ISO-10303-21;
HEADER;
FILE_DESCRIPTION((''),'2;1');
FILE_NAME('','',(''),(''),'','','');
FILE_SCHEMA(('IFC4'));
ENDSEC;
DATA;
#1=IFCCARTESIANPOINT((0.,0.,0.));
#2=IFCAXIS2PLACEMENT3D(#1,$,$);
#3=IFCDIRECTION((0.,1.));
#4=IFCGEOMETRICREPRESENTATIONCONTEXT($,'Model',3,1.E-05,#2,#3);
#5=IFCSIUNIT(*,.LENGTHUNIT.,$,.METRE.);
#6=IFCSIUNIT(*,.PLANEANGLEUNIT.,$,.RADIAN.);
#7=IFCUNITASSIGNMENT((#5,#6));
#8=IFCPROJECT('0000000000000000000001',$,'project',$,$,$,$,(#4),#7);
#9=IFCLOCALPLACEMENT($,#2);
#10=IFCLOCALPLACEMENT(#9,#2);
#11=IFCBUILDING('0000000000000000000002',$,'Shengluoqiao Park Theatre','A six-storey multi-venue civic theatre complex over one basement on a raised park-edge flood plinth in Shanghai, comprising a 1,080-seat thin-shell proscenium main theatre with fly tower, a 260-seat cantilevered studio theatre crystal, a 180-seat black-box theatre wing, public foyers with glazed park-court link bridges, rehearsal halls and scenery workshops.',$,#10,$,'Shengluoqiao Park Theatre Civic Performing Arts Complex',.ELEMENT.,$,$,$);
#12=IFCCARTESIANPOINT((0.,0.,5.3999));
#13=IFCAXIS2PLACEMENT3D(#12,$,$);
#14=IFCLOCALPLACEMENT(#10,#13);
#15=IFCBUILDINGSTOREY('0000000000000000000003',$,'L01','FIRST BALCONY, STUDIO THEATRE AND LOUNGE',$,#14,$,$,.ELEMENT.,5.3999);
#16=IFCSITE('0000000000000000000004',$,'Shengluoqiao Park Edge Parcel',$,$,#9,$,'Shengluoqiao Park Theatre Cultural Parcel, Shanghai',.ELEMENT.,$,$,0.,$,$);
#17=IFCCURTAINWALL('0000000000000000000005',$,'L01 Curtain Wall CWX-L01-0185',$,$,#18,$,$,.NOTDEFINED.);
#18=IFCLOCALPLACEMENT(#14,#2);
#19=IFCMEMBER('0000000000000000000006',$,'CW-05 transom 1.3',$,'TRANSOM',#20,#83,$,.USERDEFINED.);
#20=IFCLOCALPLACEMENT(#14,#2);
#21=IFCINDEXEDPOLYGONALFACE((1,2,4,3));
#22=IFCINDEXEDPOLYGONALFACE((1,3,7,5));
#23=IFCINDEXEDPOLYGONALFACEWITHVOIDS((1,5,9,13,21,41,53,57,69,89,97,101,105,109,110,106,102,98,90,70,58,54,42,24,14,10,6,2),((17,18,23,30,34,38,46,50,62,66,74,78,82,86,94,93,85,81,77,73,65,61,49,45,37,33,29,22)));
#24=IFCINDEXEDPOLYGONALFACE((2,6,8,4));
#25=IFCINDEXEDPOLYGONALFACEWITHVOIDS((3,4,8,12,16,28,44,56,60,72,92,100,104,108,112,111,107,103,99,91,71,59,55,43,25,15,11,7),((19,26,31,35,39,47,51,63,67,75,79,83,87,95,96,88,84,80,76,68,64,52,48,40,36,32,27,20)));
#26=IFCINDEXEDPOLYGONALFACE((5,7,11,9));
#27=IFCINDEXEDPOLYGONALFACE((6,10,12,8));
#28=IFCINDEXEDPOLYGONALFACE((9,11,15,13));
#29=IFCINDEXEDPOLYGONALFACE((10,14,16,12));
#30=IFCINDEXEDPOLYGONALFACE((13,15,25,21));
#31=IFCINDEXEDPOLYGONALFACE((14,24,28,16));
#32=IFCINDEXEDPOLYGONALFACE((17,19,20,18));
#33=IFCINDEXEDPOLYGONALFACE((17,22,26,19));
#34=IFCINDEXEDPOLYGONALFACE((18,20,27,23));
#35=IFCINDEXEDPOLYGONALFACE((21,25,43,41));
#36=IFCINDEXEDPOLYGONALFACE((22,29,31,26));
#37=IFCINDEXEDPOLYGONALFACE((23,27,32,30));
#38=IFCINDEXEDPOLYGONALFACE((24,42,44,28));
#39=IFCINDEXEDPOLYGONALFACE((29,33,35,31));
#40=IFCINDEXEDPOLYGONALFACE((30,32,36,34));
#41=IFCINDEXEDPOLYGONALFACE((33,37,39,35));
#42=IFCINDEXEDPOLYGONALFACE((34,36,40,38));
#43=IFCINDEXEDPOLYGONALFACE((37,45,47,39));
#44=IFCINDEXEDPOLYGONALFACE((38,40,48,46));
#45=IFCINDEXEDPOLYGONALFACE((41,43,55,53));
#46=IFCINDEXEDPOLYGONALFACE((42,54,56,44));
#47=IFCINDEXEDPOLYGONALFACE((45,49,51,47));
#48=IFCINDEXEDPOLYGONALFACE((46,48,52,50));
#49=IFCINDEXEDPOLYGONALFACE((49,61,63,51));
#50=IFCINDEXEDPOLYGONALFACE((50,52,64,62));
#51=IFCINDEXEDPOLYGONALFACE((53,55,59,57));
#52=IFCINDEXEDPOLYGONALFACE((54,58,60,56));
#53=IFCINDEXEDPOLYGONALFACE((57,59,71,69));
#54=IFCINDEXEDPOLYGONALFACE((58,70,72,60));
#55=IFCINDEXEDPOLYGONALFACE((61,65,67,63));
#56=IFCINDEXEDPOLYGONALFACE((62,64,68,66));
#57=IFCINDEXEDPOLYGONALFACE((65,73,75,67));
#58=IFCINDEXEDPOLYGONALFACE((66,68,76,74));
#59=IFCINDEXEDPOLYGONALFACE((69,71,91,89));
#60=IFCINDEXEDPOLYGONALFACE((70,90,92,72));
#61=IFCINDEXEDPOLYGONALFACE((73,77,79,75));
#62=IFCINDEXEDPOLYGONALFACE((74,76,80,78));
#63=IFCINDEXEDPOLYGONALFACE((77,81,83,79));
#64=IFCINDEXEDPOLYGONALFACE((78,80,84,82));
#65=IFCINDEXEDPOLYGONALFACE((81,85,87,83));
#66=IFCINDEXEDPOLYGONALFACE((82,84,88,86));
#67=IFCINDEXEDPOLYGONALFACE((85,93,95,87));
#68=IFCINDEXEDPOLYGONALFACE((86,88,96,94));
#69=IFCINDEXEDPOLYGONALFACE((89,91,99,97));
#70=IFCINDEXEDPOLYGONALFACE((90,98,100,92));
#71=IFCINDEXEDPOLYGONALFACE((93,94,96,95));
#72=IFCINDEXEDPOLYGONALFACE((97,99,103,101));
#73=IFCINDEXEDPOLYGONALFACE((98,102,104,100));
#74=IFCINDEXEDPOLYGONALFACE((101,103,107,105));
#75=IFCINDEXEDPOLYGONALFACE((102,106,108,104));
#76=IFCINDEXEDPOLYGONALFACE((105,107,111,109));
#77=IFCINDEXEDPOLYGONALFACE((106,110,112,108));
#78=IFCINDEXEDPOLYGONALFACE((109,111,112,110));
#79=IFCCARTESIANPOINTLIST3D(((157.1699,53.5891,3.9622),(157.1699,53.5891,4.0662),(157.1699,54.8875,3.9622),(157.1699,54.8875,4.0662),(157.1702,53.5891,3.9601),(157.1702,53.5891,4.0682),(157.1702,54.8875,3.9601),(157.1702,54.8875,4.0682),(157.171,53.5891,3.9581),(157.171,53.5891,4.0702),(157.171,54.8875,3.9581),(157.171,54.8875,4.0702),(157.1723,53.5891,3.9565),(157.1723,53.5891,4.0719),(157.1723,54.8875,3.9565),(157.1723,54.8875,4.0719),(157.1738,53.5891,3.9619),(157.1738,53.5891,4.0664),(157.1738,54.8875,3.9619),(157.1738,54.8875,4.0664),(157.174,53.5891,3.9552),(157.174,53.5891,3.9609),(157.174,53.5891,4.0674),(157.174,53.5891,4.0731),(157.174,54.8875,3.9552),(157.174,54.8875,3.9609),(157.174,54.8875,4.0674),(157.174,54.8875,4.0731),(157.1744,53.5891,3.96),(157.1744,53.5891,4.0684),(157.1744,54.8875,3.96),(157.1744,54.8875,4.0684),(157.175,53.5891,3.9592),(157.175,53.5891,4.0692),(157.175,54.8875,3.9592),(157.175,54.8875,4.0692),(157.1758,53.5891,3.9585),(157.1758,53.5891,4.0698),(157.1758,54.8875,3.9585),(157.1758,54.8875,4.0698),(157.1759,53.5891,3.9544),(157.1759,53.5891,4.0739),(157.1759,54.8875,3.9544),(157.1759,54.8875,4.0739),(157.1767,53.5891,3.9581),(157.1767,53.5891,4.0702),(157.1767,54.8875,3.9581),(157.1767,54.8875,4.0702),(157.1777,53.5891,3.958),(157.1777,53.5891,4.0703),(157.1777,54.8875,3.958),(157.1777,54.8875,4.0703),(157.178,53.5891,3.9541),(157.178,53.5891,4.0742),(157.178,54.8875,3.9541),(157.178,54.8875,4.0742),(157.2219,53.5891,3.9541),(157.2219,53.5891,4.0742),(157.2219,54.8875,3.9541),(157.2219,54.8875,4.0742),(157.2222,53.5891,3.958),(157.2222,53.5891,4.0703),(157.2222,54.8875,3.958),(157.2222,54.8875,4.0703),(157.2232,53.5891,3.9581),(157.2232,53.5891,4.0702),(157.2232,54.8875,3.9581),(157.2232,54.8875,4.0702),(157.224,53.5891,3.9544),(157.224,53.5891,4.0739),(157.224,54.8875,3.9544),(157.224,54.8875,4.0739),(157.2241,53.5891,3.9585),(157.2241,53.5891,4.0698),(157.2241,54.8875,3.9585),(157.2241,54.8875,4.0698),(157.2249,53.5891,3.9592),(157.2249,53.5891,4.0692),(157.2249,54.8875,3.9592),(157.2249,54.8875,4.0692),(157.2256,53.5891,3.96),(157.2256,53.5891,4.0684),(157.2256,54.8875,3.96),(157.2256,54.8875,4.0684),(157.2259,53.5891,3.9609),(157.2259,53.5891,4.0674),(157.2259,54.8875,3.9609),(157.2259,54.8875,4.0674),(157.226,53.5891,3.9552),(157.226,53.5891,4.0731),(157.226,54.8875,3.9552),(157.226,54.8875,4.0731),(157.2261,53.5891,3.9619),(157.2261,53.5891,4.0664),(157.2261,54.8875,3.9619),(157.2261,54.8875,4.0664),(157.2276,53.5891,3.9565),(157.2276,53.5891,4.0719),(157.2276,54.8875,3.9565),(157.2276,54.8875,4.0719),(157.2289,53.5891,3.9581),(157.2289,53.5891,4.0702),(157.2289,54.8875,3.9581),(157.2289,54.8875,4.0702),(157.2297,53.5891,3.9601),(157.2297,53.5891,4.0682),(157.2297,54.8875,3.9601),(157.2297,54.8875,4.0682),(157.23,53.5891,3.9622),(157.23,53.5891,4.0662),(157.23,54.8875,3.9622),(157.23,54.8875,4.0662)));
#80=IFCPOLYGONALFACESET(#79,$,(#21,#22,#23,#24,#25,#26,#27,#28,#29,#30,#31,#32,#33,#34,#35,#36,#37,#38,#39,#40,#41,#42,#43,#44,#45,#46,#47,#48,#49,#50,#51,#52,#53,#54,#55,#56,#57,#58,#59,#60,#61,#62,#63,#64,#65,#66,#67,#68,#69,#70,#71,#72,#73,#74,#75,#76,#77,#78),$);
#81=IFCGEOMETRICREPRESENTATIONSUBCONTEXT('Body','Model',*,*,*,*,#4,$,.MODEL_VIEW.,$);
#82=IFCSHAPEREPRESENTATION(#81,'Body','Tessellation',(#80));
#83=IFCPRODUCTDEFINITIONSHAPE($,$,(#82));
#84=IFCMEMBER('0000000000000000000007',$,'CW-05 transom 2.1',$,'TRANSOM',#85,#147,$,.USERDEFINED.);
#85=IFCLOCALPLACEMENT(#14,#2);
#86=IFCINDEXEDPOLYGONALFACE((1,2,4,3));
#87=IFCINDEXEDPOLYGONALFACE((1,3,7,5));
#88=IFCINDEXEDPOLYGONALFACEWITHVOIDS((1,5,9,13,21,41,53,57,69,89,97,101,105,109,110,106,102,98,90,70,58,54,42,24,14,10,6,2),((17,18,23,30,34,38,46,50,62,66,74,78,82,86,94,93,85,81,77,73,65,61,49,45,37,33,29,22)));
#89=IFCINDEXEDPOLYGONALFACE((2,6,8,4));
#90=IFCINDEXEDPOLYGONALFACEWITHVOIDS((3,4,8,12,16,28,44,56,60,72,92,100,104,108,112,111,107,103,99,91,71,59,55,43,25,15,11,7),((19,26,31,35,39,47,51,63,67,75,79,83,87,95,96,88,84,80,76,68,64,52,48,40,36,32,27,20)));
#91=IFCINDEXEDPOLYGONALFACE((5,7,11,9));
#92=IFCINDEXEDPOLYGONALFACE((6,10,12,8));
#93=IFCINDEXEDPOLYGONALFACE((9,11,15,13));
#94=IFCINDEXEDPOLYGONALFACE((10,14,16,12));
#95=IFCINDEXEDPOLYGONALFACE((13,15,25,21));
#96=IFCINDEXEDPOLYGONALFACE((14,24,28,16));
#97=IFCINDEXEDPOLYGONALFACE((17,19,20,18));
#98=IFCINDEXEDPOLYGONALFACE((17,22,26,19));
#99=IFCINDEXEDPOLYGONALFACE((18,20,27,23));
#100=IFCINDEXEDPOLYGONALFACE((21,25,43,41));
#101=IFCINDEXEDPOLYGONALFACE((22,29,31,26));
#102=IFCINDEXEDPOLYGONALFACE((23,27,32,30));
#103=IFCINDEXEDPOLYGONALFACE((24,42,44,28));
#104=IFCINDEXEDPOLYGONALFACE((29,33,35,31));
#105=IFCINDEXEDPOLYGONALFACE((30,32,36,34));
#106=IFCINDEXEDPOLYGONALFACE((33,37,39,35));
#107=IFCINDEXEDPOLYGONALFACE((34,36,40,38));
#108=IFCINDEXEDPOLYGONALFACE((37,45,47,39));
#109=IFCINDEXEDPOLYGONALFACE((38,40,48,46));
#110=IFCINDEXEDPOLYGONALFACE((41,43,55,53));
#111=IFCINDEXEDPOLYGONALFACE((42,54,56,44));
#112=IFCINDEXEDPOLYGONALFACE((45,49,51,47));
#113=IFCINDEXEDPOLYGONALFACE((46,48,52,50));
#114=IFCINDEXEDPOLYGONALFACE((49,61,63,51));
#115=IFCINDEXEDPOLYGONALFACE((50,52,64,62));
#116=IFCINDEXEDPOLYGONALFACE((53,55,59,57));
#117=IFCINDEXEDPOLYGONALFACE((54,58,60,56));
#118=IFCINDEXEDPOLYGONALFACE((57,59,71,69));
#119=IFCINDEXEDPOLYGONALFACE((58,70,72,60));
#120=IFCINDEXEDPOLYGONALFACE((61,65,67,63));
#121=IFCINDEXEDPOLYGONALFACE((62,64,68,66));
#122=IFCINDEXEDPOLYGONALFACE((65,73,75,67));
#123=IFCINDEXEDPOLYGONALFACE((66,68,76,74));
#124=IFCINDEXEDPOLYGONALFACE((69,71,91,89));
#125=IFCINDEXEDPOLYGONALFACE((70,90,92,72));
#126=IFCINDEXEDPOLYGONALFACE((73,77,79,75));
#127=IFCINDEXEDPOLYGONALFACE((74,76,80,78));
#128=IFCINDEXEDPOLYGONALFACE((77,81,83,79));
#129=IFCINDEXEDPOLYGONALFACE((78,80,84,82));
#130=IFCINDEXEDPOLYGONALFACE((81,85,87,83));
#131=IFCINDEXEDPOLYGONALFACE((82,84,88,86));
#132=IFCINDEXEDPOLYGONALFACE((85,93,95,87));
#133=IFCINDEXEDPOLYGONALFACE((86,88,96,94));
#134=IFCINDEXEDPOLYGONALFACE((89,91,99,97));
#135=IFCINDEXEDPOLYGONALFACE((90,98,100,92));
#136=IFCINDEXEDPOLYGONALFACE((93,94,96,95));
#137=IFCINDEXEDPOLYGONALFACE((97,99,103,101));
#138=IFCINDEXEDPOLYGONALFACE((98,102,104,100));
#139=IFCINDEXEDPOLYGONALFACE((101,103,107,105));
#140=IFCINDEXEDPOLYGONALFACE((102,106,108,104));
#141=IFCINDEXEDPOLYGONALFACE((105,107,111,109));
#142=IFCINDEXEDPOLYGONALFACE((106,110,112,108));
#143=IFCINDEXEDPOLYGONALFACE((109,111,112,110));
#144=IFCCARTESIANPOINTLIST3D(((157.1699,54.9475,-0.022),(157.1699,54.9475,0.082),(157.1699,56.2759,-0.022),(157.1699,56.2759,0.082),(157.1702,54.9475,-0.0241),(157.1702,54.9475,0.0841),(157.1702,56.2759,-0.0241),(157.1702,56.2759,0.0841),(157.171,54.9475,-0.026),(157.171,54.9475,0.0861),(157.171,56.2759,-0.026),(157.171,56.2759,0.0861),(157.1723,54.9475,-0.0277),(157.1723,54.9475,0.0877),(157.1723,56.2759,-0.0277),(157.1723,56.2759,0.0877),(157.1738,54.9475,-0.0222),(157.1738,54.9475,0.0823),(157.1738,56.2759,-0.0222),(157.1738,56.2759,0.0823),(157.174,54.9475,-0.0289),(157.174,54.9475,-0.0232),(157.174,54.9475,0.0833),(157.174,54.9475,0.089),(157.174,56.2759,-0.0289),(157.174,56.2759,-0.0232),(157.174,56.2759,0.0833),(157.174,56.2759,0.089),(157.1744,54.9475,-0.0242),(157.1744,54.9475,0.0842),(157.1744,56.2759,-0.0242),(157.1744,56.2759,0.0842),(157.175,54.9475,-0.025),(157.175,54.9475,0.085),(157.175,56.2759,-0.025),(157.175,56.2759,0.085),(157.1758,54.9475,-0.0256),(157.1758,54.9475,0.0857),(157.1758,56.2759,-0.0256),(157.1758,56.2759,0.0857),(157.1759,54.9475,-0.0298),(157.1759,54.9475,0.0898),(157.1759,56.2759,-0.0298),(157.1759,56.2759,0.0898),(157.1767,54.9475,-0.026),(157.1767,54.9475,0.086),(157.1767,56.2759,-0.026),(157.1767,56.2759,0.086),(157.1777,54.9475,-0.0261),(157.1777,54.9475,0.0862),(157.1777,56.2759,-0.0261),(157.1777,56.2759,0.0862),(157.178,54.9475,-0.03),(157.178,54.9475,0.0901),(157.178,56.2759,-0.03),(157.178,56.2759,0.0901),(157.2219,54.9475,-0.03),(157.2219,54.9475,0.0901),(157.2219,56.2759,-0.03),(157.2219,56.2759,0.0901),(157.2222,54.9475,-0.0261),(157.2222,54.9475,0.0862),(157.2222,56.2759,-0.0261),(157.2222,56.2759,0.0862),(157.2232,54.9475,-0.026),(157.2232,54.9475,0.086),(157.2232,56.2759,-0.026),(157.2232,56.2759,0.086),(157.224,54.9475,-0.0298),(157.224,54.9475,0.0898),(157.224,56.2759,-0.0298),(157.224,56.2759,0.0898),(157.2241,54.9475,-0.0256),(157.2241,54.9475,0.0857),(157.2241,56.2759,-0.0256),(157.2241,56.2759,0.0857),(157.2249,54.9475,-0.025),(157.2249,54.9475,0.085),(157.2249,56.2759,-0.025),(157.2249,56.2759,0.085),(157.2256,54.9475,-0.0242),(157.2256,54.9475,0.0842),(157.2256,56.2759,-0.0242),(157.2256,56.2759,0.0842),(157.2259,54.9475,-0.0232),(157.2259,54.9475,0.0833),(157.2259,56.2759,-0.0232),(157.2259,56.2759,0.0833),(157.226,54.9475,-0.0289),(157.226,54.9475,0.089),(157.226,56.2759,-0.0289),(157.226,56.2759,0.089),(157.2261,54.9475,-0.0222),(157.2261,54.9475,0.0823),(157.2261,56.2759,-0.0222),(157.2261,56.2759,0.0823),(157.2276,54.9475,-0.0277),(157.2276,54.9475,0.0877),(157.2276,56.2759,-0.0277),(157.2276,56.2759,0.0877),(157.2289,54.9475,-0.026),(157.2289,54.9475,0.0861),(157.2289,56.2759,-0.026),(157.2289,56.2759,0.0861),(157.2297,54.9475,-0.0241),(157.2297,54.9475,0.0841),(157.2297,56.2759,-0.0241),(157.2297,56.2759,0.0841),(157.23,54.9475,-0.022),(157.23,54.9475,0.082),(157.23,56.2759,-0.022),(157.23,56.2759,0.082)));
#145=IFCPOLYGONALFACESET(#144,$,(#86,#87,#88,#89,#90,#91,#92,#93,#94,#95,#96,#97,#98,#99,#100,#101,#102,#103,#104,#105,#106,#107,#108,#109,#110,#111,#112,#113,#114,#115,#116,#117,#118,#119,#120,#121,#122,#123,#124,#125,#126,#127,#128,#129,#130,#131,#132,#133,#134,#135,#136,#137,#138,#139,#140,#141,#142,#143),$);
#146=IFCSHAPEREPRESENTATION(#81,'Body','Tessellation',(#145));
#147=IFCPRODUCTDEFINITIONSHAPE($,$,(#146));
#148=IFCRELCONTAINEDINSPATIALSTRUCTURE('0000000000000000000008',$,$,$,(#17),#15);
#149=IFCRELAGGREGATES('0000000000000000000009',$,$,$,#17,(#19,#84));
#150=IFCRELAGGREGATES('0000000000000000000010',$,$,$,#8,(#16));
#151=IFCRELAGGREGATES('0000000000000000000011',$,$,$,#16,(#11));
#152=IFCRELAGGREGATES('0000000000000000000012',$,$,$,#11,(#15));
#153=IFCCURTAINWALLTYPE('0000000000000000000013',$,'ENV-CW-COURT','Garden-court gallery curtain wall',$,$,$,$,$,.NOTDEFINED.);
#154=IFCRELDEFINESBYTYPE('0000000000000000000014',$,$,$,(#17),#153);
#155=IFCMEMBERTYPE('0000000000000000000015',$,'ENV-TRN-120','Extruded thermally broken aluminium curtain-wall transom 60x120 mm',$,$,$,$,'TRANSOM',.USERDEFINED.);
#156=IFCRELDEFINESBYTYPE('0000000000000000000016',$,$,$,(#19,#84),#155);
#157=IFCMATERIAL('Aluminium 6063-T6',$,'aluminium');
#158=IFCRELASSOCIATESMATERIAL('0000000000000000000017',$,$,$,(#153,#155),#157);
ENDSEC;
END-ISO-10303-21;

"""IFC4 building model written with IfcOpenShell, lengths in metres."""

from ifc_helpers import new_model, si_unit, direction, frame, origin, origin_2d, place, context, subcontext, project, spatial, hollow_rectangle, extrude, material, material_profile, profile_set, type_object, element, aggregate, save


model = new_model("IFC4")

# Units and contexts
model_context = context("Model", 3, precision=1e-05, world=origin(), true_north=direction((0.0, 1.0)))
body_context = subcontext(model_context, "Body", "Model", "MODEL_VIEW")
ifc_project = project(units=[si_unit("LENGTHUNIT", "METRE"), si_unit("PLANEANGLEUNIT", "RADIAN")], contexts=[model_context])

# Site, building, storey
site_placement = place(None, origin())
site = spatial("IfcSite", under=ifc_project, at=site_placement, Name="Shengluoqiao Park Edge Parcel", LongName="Shengluoqiao Park Theatre Cultural Parcel, Shanghai", CompositionType="ELEMENT", RefElevation=0.0)
building_placement = place(site_placement, origin())
building = spatial("IfcBuilding", under=site, at=building_placement, Name="Shengluoqiao Park Theatre", Description="A six-storey multi-venue civic theatre complex over one basement on a raised park-edge flood plinth in Shanghai, comprising a 1,080-seat thin-shell proscenium main theatre with fly tower, a 260-seat cantilevered studio theatre crystal, a 180-seat black-box theatre wing, public foyers with glazed park-court link bridges, rehearsal halls and scenery workshops.", LongName="Shengluoqiao Park Theatre Civic Performing Arts Complex", CompositionType="ELEMENT")
storey_placement = place(building_placement, frame((0.0, 0.0, 5.3999)))
storey = spatial("IfcBuildingStorey", under=building, at=storey_placement, Name="L01", Description="FIRST BALCONY, STUDIO THEATRE AND LOUNGE", CompositionType="ELEMENT", Elevation=5.3999)

# Shared definitions
ifc_material_1 = material(Name="Aluminium 6063-T6", Category="aluminium")
curtain_wall_type = type_object("IfcCurtainWallType", Name="ENV-CW-COURT", Description="Garden-court gallery curtain wall", PredefinedType="NOTDEFINED", material=ifc_material_1)

# Curtain wall, members
curtain_wall_1_placement = place(storey_placement, origin())
curtain_wall_1 = element("IfcCurtainWall", 1, at=curtain_wall_1_placement, inside=storey, type_object=curtain_wall_type, Name="L01 Curtain Wall CWX-L01-0185", PredefinedType="NOTDEFINED")
ifc_material_profile_1 = material_profile(ifc_material_1, hollow_rectangle(XDim=0.0601, YDim=0.1201, WallThickness=0.0039, InnerFilletRadius=0.0039, OuterFilletRadius=0.0081, at=origin_2d()), Name="ALU TRANSOM 120x60x4")
ifc_profile_set_1 = profile_set([ifc_material_profile_1], Name="Aluminium 6063-T6")
member_type_1 = type_object("IfcMemberType", Name="ENV-TRN-120", Description="Extruded thermally broken aluminium curtain-wall transom 60x120 mm", ElementType="TRANSOM", PredefinedType="USERDEFINED", material=ifc_profile_set_1)
member_1_placement = place(storey_placement, frame((157.2, 53.5891, 4.0142), z_axis=(0.0, 1.0, 0.0), x_axis=(-1.0, 0.0, 0.0)))
member_1 = element("IfcMember", 2, at=member_1_placement, type_object=member_type_1, Name="CW-05 transom 1.3", ObjectType="TRANSOM", PredefinedType="USERDEFINED", context=body_context, shape_type="SweptSolid", body=[
    extrude(hollow_rectangle(XDim=0.0601, YDim=0.1201, WallThickness=0.0039, InnerFilletRadius=0.0039, OuterFilletRadius=0.0081, at=origin_2d()), origin(), (0.0, 0.0, 1.0), 1.2983),
])
member_2_placement = place(storey_placement, frame((157.2, 54.9475, 0.03), z_axis=(0.0, 1.0, 0.0), x_axis=(-1.0, 0.0, 0.0)))
member_2 = element("IfcMember", 3, at=member_2_placement, type_object=member_type_1, Name="CW-05 transom 2.1", ObjectType="TRANSOM", PredefinedType="USERDEFINED", context=body_context, shape_type="SweptSolid", body=[
    extrude(hollow_rectangle(XDim=0.0601, YDim=0.1201, WallThickness=0.0039, InnerFilletRadius=0.0039, OuterFilletRadius=0.0081, at=origin_2d()), origin(), (0.0, 0.0, 1.0), 1.3284),
])

aggregate(curtain_wall_1, [member_1, member_2])

save(model, "model.ifc")
